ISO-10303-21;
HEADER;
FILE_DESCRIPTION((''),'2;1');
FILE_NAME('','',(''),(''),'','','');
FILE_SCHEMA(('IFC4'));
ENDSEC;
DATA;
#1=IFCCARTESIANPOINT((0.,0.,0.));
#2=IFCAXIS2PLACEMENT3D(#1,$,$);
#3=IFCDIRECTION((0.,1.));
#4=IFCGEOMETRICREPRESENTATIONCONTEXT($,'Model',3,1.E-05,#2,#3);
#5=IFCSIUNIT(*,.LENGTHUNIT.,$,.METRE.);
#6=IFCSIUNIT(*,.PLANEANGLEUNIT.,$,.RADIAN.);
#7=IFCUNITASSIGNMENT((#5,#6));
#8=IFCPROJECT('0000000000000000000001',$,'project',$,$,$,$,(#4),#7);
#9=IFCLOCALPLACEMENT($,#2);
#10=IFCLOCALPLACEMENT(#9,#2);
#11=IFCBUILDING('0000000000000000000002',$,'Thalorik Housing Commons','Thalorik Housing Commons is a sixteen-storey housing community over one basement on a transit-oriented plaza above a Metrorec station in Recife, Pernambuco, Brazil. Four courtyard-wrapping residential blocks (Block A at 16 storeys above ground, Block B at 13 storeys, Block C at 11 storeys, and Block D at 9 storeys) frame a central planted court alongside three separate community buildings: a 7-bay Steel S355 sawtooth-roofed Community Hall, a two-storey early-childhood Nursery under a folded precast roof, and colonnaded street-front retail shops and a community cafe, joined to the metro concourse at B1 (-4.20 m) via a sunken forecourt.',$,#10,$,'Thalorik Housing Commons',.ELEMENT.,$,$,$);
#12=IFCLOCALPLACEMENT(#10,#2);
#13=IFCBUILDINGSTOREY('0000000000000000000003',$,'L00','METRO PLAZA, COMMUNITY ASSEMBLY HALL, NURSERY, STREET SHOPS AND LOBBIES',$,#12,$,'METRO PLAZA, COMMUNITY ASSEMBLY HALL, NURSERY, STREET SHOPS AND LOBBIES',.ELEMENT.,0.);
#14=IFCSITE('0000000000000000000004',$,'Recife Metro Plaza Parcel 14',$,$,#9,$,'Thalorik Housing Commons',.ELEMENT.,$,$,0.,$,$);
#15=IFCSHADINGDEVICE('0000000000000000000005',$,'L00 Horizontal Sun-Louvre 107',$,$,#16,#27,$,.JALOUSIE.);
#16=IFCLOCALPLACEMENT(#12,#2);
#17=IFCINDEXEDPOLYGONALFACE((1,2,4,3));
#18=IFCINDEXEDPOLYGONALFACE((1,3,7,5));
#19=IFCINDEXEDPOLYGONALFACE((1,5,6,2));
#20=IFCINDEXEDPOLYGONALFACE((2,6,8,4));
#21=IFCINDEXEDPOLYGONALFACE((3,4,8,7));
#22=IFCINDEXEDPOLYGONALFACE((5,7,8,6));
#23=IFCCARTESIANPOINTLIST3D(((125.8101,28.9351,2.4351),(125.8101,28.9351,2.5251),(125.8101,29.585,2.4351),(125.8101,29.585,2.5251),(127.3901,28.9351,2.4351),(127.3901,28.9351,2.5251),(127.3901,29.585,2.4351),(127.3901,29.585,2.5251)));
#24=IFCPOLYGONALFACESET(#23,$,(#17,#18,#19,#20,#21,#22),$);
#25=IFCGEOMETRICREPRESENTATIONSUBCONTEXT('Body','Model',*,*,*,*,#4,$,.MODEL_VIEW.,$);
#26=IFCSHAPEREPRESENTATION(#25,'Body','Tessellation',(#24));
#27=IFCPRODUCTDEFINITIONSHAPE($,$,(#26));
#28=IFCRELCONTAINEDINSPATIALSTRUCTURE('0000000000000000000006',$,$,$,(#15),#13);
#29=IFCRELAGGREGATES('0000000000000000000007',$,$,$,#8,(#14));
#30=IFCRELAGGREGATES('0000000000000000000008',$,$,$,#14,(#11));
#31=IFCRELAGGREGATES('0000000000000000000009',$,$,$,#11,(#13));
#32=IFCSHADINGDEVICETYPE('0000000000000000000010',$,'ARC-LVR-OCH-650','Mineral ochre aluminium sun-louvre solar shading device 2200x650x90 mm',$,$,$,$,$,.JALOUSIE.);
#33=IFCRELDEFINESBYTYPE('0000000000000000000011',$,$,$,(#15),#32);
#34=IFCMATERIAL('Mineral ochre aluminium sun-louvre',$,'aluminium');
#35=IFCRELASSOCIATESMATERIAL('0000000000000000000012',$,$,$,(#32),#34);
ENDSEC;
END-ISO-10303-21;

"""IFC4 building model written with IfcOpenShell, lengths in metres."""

from ifc_helpers import new_model, si_unit, direction, frame, origin, origin_2d, place, context, subcontext, project, spatial, rectangle, extrude, material, type_object, element, save


model = new_model("IFC4")

# Units and contexts
model_context = context("Model", 3, precision=1e-05, world=origin(), true_north=direction((0.0, 1.0)))
body_context = subcontext(model_context, "Body", "Model", "MODEL_VIEW")
ifc_project = project(units=[si_unit("LENGTHUNIT", "METRE"), si_unit("PLANEANGLEUNIT", "RADIAN")], contexts=[model_context])

# Site, building, storey
site_placement = place(None, origin())
site = spatial("IfcSite", under=ifc_project, at=site_placement, Name="Recife Metro Plaza Parcel 14", LongName="Thalorik Housing Commons", CompositionType="ELEMENT", RefElevation=0.0)
building_placement = place(site_placement, origin())
building = spatial("IfcBuilding", under=site, at=building_placement, Name="Thalorik Housing Commons", Description="Thalorik Housing Commons is a sixteen-storey housing community over one basement on a transit-oriented plaza above a Metrorec station in Recife, Pernambuco, Brazil. Four courtyard-wrapping residential blocks (Block A at 16 storeys above ground, Block B at 13 storeys, Block C at 11 storeys, and Block D at 9 storeys) frame a central planted court alongside three separate community buildings: a 7-bay Steel S355 sawtooth-roofed Community Hall, a two-storey early-childhood Nursery under a folded precast roof, and colonnaded street-front retail shops and a community cafe, joined to the metro concourse at B1 (-4.20 m) via a sunken forecourt.", LongName="Thalorik Housing Commons", CompositionType="ELEMENT")
storey_placement = place(building_placement, origin())
storey = spatial("IfcBuildingStorey", under=building, at=storey_placement, Name="L00", Description="METRO PLAZA, COMMUNITY ASSEMBLY HALL, NURSERY, STREET SHOPS AND LOBBIES", LongName="METRO PLAZA, COMMUNITY ASSEMBLY HALL, NURSERY, STREET SHOPS AND LOBBIES", CompositionType="ELEMENT", Elevation=0.0)

# Shading device
ifc_material_1 = material(Name="Mineral ochre aluminium sun-louvre", Category="aluminium")
shading_device_type_1 = type_object("IfcShadingDeviceType", Name="ARC-LVR-OCH-650", Description="Mineral ochre aluminium sun-louvre solar shading device 2200x650x90 mm", PredefinedType="JALOUSIE", material=ifc_material_1)
shading_device_1_placement = place(storey_placement, frame((126.6001, 29.26, 2.4351), z_axis=(0.0, 0.0, 1.0), x_axis=(-1.0, 0.0, 0.0)))
element("IfcShadingDevice", 1, at=shading_device_1_placement, inside=storey, type_object=shading_device_type_1, Name="L00 Horizontal Sun-Louvre 107", PredefinedType="JALOUSIE", context=body_context, shape_type="SweptSolid", body=[
    extrude(rectangle(XDim=1.5801, YDim=0.6499, at=origin_2d()), origin(), (0.0, 0.0, 1.0), 0.0901),
])

save(model, "model.ifc")
